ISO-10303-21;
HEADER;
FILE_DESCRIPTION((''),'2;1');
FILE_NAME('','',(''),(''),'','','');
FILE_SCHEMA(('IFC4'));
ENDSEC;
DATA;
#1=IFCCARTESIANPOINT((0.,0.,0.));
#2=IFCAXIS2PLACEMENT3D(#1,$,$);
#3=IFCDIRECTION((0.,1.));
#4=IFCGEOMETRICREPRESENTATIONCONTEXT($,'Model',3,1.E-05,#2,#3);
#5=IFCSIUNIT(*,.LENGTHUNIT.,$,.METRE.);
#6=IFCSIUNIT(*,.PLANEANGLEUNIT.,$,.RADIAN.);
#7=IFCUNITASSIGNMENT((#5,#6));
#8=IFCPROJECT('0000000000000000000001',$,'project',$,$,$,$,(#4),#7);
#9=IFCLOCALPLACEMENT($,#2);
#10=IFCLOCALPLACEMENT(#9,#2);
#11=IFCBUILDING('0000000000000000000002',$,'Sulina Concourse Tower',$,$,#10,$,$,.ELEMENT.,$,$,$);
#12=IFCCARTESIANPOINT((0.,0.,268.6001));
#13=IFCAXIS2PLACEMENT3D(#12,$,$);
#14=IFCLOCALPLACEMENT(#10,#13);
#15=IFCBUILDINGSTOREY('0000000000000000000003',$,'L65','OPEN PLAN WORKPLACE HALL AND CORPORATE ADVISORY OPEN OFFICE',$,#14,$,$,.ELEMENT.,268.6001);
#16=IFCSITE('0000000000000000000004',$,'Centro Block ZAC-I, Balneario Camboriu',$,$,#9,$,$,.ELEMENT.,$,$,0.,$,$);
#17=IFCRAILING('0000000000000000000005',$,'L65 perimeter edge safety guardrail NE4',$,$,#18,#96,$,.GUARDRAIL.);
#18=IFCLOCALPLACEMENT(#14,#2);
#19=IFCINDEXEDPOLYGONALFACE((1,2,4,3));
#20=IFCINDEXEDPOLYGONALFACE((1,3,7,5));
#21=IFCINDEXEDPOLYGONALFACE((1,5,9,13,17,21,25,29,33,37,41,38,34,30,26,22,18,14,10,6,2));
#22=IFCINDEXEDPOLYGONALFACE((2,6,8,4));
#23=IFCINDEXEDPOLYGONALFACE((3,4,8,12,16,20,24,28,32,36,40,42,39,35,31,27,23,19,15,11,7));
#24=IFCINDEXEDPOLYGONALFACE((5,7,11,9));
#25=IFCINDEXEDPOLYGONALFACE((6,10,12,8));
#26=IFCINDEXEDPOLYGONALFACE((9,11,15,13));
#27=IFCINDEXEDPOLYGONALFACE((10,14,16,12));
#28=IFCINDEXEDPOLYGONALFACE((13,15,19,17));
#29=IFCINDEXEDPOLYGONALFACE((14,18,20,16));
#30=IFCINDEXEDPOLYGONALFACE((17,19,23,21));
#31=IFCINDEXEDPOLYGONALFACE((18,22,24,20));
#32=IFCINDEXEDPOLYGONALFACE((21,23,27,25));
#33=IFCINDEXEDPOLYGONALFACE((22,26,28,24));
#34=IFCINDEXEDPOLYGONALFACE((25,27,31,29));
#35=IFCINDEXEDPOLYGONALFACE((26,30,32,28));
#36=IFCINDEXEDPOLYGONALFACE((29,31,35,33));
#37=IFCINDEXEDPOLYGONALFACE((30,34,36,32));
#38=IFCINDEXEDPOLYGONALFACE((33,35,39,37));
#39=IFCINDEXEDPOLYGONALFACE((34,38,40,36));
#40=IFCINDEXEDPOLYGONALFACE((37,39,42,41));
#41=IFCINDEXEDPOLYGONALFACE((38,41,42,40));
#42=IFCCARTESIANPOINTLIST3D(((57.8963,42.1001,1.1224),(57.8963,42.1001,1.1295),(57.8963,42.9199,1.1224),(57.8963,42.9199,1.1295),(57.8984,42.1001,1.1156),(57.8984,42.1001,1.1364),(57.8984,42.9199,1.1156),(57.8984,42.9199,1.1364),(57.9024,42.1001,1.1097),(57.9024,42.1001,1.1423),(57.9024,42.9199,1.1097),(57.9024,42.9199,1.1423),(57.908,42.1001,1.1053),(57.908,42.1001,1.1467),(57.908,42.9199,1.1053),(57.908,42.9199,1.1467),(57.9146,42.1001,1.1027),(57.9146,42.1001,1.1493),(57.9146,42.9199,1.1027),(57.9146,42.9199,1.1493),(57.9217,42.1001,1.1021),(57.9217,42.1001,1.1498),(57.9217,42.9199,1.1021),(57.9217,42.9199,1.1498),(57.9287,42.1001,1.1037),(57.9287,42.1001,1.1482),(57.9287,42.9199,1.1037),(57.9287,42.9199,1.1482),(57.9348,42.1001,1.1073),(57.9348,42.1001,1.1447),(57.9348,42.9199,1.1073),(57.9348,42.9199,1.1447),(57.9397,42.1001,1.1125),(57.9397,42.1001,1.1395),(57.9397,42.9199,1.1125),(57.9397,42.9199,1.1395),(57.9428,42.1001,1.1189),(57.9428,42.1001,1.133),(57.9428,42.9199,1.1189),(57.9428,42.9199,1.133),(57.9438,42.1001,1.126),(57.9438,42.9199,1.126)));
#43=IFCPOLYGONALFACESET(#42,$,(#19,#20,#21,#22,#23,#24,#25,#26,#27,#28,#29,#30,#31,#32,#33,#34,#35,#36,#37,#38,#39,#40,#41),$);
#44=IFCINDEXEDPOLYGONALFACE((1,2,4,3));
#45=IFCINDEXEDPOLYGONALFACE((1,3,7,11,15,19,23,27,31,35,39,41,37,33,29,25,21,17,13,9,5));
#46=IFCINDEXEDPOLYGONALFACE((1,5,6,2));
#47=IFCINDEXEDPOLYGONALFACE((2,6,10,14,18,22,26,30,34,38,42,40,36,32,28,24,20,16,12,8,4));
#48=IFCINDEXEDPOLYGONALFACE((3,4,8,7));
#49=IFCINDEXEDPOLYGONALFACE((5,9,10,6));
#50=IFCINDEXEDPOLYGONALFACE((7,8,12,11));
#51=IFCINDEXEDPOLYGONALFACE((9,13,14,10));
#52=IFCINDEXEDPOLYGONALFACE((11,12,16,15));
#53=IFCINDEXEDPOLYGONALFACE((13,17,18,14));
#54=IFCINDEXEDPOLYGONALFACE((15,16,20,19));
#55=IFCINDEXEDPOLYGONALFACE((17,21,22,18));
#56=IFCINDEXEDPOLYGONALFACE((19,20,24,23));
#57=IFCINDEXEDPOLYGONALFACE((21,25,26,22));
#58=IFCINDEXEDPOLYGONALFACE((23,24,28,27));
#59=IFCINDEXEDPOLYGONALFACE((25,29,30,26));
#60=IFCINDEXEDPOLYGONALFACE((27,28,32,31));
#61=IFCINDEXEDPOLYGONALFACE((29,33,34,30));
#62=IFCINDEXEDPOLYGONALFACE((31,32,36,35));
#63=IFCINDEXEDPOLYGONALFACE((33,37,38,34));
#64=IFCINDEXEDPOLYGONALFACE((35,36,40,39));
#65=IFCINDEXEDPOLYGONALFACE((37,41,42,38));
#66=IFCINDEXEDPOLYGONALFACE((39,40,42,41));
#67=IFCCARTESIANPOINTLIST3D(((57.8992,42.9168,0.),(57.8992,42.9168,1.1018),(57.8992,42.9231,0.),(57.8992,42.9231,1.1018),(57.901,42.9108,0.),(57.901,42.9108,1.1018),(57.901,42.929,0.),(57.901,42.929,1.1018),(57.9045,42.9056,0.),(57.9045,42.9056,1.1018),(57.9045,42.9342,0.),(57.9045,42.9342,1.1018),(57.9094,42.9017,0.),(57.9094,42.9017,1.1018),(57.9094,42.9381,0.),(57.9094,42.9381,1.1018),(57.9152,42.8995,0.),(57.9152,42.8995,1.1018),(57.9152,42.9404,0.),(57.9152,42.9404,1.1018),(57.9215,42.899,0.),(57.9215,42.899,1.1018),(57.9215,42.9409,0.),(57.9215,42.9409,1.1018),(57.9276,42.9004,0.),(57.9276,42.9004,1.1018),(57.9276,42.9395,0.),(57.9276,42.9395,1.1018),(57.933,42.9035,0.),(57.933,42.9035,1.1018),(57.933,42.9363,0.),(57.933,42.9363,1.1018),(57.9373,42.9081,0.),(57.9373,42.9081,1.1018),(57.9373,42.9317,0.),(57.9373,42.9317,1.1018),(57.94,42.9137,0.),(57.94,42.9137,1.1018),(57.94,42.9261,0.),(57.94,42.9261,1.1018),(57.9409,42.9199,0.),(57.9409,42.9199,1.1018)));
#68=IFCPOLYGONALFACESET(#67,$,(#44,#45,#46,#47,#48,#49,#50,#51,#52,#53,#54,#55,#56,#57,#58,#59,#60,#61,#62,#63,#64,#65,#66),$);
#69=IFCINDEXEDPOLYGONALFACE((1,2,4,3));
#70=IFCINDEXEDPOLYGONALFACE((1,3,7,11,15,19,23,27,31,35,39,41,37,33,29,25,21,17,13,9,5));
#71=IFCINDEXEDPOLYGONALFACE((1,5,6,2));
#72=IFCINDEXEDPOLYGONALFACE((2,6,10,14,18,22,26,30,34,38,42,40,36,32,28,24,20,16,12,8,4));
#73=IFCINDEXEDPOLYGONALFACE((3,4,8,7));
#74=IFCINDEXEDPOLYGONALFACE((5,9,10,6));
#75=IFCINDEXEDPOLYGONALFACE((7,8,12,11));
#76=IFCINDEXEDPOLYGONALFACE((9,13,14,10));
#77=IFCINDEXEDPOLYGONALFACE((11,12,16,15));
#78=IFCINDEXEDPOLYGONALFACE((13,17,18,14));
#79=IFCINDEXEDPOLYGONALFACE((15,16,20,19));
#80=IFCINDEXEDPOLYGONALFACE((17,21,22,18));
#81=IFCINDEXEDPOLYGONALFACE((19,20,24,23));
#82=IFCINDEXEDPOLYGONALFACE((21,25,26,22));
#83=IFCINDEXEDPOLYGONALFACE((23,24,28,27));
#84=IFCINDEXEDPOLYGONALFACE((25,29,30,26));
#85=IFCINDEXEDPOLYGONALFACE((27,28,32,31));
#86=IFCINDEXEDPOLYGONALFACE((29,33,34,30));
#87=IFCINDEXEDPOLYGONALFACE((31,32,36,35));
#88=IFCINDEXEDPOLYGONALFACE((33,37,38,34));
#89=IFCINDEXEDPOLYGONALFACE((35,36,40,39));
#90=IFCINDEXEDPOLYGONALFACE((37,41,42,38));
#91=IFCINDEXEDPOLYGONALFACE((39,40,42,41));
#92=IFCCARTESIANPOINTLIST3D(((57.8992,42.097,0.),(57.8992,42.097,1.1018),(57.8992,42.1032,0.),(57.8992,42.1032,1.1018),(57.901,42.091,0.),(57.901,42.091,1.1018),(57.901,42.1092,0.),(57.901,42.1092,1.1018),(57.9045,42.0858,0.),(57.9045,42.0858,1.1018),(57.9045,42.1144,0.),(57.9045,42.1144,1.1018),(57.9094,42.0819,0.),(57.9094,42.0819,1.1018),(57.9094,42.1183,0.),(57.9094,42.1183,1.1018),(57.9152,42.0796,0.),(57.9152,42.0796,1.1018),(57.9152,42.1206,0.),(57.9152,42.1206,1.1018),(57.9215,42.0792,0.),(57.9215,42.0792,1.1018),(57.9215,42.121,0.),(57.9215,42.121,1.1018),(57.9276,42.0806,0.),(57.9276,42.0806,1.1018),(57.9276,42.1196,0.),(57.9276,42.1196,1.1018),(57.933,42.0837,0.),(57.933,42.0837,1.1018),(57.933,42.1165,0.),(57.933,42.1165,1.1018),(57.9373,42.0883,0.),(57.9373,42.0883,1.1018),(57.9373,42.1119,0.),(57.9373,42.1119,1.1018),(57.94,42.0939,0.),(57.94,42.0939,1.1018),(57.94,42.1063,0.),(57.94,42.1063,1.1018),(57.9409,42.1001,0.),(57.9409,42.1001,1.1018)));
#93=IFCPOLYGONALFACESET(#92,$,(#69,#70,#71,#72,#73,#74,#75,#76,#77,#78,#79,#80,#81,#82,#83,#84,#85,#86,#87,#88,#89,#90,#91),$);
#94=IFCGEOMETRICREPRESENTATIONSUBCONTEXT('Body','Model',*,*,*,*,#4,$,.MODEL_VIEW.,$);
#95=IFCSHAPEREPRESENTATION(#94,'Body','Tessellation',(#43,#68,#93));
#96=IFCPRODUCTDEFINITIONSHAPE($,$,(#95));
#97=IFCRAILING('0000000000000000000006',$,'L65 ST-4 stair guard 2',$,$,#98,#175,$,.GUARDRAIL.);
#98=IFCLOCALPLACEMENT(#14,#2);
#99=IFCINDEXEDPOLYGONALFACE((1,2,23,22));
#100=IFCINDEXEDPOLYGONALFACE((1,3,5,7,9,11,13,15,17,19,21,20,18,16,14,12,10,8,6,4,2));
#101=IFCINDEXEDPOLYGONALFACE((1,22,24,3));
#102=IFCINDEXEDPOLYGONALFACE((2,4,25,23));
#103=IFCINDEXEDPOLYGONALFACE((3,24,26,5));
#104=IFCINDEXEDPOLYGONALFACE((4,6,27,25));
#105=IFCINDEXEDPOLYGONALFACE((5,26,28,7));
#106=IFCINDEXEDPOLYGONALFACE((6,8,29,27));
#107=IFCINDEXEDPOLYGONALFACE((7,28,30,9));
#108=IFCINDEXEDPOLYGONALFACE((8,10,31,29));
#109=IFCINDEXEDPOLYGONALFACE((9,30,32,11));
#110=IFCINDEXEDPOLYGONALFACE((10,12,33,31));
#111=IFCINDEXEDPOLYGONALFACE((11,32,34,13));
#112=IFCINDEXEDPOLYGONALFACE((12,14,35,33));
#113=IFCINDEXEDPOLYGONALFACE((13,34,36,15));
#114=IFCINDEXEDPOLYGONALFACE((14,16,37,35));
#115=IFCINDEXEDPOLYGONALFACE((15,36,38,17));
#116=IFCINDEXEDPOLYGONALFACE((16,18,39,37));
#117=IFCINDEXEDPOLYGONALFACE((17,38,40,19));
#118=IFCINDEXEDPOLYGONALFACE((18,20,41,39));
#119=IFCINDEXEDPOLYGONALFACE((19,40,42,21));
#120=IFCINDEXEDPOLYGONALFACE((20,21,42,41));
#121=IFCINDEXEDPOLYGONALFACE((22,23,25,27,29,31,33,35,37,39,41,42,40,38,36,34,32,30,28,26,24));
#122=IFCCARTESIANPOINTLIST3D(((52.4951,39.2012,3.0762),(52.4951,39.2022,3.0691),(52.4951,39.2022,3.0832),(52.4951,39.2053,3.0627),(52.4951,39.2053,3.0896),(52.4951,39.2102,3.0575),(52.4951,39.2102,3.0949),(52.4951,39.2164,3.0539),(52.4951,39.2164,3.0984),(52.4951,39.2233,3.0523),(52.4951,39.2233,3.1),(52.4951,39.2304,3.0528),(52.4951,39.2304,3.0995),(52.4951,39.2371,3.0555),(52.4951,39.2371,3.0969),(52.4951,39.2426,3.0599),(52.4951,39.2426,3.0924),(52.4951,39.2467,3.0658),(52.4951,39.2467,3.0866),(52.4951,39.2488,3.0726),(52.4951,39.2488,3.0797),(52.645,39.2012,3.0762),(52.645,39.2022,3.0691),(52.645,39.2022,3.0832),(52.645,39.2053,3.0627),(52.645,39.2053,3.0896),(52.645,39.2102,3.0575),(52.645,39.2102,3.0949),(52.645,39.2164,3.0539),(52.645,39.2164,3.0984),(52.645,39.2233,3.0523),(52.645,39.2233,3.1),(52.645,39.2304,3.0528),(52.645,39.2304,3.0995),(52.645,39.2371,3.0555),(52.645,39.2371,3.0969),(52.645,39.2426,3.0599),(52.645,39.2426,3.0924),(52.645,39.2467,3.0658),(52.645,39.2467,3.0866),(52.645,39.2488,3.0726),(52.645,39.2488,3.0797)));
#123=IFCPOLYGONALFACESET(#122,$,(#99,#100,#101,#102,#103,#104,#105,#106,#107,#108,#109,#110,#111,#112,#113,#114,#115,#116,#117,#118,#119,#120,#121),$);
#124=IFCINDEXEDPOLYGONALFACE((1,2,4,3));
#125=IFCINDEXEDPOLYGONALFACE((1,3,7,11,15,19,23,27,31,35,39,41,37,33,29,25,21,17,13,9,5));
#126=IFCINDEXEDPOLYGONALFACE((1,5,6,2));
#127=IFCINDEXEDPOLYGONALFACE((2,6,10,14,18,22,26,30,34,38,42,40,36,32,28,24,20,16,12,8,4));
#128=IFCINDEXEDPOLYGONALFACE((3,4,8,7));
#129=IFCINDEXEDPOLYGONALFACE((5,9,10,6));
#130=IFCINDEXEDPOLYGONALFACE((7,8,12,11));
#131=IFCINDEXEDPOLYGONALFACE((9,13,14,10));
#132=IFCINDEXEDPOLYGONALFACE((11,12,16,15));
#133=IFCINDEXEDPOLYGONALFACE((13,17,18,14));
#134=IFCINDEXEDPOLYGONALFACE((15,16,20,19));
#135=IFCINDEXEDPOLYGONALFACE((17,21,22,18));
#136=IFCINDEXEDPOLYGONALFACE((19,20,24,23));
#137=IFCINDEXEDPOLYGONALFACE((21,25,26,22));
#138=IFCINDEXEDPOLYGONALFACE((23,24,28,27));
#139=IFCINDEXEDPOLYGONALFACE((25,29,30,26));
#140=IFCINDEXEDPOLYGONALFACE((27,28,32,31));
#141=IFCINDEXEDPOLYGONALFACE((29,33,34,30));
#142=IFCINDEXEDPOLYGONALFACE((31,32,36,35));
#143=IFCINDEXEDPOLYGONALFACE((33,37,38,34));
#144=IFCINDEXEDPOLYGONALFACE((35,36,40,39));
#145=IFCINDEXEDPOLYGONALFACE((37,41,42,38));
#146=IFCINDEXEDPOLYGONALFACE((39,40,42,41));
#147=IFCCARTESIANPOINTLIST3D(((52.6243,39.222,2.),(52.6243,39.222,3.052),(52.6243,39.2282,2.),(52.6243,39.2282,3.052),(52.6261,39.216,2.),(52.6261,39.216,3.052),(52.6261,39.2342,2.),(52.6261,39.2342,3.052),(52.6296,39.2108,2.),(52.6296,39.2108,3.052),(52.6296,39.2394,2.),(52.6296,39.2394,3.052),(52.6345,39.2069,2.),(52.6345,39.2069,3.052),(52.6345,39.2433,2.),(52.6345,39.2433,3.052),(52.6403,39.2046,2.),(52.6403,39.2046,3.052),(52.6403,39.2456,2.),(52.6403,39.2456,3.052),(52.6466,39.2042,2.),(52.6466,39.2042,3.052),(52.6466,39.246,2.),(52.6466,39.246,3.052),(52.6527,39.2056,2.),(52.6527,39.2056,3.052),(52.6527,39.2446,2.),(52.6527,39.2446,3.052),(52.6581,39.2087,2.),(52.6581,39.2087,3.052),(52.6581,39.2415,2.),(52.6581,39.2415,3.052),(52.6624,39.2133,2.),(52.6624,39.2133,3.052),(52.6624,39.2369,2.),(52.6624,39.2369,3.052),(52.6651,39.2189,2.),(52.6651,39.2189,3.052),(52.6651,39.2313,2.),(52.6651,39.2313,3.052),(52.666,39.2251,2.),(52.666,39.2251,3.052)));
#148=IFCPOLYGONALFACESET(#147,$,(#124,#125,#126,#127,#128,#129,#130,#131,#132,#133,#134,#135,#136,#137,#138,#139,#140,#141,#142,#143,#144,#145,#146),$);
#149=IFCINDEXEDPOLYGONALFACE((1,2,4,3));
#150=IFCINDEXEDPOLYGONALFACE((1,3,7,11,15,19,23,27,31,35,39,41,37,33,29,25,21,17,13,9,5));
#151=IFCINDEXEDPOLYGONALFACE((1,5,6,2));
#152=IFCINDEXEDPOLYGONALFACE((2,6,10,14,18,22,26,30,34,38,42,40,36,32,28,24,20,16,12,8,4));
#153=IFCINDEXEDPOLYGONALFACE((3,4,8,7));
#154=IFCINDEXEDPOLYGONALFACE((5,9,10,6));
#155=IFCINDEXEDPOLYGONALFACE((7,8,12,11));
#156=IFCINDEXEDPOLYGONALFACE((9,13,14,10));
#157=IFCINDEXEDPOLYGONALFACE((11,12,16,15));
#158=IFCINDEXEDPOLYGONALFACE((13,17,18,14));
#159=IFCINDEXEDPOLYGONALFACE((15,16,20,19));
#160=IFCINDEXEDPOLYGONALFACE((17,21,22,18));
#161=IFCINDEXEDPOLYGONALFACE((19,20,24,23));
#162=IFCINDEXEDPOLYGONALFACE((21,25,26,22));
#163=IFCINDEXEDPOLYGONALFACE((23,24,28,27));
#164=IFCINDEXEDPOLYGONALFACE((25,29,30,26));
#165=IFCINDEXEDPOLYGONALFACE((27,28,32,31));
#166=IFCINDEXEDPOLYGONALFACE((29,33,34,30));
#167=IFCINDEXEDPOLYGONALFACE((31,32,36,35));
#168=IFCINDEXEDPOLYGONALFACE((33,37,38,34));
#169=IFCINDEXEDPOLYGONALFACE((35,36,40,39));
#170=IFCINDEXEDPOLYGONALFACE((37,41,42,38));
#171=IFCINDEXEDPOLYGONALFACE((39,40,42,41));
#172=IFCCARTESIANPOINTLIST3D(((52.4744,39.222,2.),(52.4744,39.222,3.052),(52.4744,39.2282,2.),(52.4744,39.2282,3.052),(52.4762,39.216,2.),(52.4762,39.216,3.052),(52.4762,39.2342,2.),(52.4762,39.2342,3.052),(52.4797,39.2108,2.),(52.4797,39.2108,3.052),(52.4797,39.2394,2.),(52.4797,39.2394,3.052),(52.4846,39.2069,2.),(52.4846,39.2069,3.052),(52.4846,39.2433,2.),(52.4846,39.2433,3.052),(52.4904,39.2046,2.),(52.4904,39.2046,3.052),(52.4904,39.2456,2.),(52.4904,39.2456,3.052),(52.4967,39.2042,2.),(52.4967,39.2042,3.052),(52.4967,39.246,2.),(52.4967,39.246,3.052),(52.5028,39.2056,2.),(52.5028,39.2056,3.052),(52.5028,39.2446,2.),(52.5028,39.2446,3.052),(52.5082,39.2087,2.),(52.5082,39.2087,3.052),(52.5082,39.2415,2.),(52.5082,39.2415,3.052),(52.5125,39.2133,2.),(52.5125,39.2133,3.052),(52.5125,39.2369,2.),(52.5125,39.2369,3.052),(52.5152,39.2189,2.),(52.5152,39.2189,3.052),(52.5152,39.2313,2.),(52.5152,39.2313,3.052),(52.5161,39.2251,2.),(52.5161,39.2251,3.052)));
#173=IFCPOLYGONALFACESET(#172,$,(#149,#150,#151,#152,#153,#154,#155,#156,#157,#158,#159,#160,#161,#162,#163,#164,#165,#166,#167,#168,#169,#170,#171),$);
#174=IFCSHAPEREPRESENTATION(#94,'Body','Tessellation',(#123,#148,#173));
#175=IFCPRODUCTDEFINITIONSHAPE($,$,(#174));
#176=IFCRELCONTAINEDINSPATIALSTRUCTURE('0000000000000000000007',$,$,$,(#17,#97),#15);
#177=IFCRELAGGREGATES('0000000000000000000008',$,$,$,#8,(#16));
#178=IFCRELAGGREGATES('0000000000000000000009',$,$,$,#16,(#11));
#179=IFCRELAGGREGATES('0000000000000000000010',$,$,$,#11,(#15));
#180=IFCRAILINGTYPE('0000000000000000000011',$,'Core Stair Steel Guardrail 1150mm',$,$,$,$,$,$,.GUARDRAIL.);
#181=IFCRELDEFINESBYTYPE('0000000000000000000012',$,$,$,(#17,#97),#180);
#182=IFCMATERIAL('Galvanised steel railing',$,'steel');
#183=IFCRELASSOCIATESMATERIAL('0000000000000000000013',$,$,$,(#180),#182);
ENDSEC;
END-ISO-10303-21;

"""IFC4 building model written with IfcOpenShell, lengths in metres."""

from ifc_helpers import new_model, si_unit, direction, frame, origin, origin_2d, place, context, subcontext, project, spatial, circle, extrude, material, type_object, element, save


model = new_model("IFC4")

# Units and contexts
model_context = context("Model", 3, precision=1e-05, world=origin(), true_north=direction((0.0, 1.0)))
body_context = subcontext(model_context, "Body", "Model", "MODEL_VIEW")
ifc_project = project(units=[si_unit("LENGTHUNIT", "METRE"), si_unit("PLANEANGLEUNIT", "RADIAN")], contexts=[model_context])

# Site, building, storey
site_placement = place(None, origin())
site = spatial("IfcSite", under=ifc_project, at=site_placement, Name="Centro Block ZAC-I, Balneario Camboriu", CompositionType="ELEMENT", RefElevation=0.0)
building_placement = place(site_placement, origin())
building = spatial("IfcBuilding", under=site, at=building_placement, Name="Sulina Concourse Tower", CompositionType="ELEMENT")
storey_placement = place(building_placement, frame((0.0, 0.0, 268.6001)))
storey = spatial("IfcBuildingStorey", under=building, at=storey_placement, Name="L65", Description="OPEN PLAN WORKPLACE HALL AND CORPORATE ADVISORY OPEN OFFICE", CompositionType="ELEMENT", Elevation=268.6001)

# Railings
ifc_material_1 = material(Name="Galvanised steel railing", Category="steel")
railing_type_1 = type_object("IfcRailingType", Name="Core Stair Steel Guardrail 1150mm", PredefinedType="GUARDRAIL", material=ifc_material_1)
railing_1_placement = place(storey_placement, frame((57.9199, 42.9199, 0.0)))
element("IfcRailing", 1, at=railing_1_placement, inside=storey, type_object=railing_type_1, Name="L65 perimeter edge safety guardrail NE4", PredefinedType="GUARDRAIL", context=body_context, shape_type="SweptSolid", body=[
    extrude(circle(Radius=0.0239, at=origin_2d()), frame((0.0, 0.0, 1.126), z_axis=(0.0, -1.0, 0.0), x_axis=(1.0, 0.0, 0.0)), (0.0, 0.0, 1.0), 0.8198),
    extrude(circle(Radius=0.021, at=origin_2d()), origin(), (0.0, 0.0, 1.0), 1.1018),
    extrude(circle(Radius=0.021, at=origin_2d()), frame((0.0, -0.8198, 0.0)), (0.0, 0.0, 1.0), 1.1018),
])
railing_2_placement = place(storey_placement, frame((52.645, 39.2251, 2.0)))
element("IfcRailing", 2, at=railing_2_placement, inside=storey, type_object=railing_type_1, Name="L65 ST-4 stair guard 2", PredefinedType="GUARDRAIL", context=body_context, shape_type="SweptSolid", body=[
    extrude(circle(Radius=0.0239, at=origin_2d()), frame((0.0, 0.0, 1.0762), z_axis=(-1.0, 0.0, 0.0), x_axis=(0.0, -1.0, 0.0)), (0.0, 0.0, 1.0), 0.1499),
    extrude(circle(Radius=0.021, at=origin_2d()), origin(), (0.0, 0.0, 1.0), 1.052),
    extrude(circle(Radius=0.021, at=origin_2d()), frame((-0.1499, 0.0, 0.0)), (0.0, 0.0, 1.0), 1.052),
])

save(model, "model.ifc")
